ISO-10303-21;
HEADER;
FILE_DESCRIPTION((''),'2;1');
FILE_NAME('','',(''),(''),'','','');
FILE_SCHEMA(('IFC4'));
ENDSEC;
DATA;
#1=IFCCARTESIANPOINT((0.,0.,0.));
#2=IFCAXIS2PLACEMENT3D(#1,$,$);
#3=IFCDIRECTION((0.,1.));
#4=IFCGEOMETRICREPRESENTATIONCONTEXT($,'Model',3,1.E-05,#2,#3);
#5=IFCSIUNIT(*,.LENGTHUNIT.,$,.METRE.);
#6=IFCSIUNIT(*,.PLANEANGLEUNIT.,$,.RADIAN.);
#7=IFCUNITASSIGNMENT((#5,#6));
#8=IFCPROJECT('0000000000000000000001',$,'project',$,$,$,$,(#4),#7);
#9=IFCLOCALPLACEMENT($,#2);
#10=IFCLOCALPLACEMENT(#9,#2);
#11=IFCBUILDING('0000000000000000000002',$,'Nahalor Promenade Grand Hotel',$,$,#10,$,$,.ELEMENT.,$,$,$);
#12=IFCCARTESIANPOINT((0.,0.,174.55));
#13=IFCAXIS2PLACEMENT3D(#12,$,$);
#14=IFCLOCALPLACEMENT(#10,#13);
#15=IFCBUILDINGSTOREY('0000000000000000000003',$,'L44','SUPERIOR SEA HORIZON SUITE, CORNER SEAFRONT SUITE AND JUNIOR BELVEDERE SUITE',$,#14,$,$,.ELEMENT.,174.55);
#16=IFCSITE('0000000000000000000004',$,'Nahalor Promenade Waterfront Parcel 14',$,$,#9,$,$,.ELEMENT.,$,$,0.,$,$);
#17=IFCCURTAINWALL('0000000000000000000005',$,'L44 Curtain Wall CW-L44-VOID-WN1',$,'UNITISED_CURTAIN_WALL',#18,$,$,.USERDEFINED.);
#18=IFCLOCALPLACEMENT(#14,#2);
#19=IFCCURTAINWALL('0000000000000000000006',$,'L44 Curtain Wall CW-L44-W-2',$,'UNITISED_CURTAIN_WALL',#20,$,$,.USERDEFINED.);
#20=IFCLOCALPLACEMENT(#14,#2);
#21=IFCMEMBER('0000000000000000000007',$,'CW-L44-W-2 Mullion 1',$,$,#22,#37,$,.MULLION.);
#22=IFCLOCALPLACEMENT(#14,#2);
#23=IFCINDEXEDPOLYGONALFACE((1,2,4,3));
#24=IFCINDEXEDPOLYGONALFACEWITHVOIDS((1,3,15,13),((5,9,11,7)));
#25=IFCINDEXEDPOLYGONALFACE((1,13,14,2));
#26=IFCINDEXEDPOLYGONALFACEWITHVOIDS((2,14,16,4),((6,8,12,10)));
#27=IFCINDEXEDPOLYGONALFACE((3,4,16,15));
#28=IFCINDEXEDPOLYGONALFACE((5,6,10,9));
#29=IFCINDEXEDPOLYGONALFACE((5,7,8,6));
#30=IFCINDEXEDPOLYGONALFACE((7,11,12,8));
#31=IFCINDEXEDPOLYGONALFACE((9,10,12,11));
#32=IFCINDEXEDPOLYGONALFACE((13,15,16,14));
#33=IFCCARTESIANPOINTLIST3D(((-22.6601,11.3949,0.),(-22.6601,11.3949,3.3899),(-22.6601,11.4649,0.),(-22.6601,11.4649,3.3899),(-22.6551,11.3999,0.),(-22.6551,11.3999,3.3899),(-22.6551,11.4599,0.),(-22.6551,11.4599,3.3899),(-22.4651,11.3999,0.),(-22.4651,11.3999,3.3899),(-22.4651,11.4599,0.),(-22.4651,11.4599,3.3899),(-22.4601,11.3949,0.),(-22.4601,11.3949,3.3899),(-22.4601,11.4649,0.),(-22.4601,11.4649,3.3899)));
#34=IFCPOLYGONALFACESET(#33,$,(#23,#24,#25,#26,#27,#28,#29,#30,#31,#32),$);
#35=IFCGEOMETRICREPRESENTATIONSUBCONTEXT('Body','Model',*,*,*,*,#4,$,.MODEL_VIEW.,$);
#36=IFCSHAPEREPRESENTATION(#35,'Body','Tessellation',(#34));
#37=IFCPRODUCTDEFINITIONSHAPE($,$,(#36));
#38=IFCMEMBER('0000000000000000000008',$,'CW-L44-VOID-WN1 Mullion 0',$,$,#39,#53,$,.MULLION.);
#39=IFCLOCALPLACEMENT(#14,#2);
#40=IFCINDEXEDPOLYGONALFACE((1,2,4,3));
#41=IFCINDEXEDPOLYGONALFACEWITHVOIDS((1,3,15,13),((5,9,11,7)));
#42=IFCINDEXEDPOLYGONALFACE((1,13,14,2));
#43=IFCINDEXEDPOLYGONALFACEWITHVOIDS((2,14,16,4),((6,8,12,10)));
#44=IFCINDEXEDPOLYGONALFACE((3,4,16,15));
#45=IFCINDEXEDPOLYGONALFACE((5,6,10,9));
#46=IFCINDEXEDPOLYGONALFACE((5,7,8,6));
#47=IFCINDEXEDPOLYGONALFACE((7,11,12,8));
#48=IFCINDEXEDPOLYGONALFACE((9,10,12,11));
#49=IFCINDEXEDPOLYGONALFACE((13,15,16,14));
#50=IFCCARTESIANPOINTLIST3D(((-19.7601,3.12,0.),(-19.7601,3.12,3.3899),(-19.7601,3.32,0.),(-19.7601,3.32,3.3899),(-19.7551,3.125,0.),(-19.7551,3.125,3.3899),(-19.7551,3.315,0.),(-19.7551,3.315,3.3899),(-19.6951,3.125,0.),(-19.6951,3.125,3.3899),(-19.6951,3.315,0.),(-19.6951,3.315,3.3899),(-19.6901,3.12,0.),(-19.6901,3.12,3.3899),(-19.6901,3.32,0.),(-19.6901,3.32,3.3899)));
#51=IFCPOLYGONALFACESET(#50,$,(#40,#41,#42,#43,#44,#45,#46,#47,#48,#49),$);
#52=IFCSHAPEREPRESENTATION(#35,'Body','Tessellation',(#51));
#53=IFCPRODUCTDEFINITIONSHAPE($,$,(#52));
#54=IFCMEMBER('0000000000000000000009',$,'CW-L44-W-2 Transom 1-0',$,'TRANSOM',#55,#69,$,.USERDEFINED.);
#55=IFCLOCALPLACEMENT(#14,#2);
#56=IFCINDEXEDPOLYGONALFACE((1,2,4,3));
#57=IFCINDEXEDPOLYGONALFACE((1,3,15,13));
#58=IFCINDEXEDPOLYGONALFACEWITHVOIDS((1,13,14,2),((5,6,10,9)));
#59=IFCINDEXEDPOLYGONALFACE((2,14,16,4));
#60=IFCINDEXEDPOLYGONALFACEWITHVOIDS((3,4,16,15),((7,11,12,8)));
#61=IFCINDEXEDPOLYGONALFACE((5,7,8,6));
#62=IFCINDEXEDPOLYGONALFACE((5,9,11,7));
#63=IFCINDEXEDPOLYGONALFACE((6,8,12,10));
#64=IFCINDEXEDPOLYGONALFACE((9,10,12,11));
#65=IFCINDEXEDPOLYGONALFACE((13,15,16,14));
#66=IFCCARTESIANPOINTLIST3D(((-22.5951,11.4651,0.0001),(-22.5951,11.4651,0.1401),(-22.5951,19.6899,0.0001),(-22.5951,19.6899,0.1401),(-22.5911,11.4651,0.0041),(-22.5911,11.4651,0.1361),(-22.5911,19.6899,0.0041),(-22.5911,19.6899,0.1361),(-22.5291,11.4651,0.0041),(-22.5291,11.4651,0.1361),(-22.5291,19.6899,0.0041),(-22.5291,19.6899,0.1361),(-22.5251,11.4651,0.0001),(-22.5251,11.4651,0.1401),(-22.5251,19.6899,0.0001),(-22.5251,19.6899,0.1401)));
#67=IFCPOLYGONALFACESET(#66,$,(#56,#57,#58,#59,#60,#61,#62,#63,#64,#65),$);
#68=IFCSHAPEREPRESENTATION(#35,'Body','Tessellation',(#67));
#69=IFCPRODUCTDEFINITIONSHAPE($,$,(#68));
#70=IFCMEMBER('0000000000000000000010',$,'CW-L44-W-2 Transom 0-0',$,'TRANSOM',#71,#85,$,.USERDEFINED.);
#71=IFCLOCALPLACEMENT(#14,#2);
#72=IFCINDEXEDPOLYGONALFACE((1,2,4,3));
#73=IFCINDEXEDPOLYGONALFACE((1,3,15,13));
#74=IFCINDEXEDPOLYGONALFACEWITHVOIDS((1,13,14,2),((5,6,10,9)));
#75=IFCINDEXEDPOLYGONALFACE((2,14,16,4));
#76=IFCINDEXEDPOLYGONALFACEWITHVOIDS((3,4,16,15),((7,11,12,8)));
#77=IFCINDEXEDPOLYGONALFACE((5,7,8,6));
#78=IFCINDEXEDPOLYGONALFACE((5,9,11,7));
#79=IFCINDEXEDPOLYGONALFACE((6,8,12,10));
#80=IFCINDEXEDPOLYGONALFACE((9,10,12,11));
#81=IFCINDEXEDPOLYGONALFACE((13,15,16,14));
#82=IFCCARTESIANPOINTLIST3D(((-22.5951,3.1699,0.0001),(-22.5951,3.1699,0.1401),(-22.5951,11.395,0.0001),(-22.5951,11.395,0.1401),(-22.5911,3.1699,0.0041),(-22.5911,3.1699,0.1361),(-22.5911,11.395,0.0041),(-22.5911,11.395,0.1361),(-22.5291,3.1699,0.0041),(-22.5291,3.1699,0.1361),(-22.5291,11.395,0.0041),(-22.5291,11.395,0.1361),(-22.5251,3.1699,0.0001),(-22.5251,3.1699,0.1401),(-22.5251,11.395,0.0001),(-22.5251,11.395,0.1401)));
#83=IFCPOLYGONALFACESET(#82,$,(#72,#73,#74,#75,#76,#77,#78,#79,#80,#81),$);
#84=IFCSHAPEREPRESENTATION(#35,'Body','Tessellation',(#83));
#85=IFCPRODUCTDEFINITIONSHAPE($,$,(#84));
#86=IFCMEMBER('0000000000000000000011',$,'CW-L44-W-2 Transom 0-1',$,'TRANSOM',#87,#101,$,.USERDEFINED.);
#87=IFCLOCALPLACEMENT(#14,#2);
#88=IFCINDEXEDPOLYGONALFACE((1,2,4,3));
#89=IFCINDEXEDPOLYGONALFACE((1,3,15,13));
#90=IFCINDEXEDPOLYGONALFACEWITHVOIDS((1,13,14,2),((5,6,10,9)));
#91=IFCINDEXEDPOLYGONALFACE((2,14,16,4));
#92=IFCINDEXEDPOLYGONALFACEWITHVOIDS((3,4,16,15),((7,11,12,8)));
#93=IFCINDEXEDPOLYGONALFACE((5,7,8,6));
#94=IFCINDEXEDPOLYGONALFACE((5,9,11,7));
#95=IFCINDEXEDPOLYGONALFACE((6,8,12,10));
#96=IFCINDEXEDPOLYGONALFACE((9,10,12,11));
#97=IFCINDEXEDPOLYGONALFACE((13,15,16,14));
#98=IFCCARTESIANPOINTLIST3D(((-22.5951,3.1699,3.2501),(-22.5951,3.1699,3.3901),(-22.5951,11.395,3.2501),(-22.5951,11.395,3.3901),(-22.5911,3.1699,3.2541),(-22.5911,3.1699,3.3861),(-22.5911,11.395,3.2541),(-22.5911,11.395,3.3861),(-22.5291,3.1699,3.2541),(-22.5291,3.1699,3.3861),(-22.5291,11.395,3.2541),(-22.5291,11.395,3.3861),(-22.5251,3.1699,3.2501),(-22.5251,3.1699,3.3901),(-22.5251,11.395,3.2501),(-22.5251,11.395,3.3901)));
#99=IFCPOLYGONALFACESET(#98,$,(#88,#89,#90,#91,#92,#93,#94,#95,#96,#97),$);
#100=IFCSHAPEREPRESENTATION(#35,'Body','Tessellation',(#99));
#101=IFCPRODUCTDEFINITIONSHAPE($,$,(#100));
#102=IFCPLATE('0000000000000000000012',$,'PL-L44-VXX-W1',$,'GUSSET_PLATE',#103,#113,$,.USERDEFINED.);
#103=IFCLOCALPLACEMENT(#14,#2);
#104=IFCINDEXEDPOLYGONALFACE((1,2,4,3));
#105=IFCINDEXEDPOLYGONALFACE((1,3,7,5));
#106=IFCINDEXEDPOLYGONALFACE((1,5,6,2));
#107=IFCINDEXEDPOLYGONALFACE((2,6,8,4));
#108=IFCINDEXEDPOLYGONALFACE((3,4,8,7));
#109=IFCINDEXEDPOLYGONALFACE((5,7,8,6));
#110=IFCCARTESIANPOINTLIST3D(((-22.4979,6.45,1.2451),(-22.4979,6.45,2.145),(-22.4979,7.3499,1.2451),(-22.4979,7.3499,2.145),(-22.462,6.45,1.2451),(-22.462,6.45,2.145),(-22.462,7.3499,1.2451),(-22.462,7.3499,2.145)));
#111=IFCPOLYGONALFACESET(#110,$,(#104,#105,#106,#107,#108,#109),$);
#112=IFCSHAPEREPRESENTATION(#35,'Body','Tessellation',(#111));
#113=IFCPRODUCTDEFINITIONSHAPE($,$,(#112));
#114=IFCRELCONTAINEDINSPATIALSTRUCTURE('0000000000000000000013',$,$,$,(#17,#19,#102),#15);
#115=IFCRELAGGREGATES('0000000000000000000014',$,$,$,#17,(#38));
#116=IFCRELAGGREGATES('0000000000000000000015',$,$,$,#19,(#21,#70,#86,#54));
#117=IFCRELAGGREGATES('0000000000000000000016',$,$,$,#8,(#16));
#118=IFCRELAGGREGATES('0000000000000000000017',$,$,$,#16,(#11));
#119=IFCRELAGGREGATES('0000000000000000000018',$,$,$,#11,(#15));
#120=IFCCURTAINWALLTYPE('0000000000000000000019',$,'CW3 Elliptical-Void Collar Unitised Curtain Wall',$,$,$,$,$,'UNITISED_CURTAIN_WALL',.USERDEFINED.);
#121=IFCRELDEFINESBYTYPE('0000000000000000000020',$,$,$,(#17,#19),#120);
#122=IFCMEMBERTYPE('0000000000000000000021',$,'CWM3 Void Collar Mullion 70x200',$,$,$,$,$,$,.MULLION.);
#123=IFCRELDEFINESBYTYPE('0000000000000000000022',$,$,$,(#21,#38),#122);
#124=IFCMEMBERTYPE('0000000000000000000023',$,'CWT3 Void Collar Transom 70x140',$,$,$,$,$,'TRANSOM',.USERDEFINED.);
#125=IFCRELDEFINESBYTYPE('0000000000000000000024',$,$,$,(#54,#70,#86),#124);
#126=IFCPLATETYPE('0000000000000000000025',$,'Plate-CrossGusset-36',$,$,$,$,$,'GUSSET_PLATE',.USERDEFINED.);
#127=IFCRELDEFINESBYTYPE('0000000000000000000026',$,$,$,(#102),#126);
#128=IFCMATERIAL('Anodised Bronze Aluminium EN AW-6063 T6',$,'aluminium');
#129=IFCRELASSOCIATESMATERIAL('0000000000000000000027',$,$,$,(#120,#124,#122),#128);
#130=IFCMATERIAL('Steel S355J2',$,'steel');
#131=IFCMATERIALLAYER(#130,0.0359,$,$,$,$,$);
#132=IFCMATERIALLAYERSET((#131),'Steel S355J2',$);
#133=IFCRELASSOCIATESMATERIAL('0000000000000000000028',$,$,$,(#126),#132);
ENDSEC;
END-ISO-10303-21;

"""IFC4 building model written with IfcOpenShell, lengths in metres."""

from ifc_helpers import new_model, si_unit, direction, frame, origin, origin_2d, place, context, subcontext, project, spatial, rectangle, hollow_rectangle, extrude, source, transform, mapped, material, layer, layer_set, material_profile, profile_set, type_object, element, aggregate, save


model = new_model("IFC4")

# Units and contexts
model_context = context("Model", 3, precision=1e-05, world=origin(), true_north=direction((0.0, 1.0)))
body_context = subcontext(model_context, "Body", "Model", "MODEL_VIEW")
ifc_project = project(units=[si_unit("LENGTHUNIT", "METRE"), si_unit("PLANEANGLEUNIT", "RADIAN")], contexts=[model_context])

# Site, building, storey
site_placement = place(None, origin())
site = spatial("IfcSite", under=ifc_project, at=site_placement, Name="Nahalor Promenade Waterfront Parcel 14", CompositionType="ELEMENT", RefElevation=0.0)
building_placement = place(site_placement, origin())
building = spatial("IfcBuilding", under=site, at=building_placement, Name="Nahalor Promenade Grand Hotel", CompositionType="ELEMENT")
storey_placement = place(building_placement, frame((0.0, 0.0, 174.55)))
storey = spatial("IfcBuildingStorey", under=building, at=storey_placement, Name="L44", Description="SUPERIOR SEA HORIZON SUITE, CORNER SEAFRONT SUITE AND JUNIOR BELVEDERE SUITE", CompositionType="ELEMENT", Elevation=174.55)

# Shared definitions
ifc_material_1 = material(Name="Steel S355J2", Category="steel")

# Curtain wall
ifc_material_2 = material(Name="Anodised Bronze Aluminium EN AW-6063 T6", Category="aluminium")
curtain_wall_type = type_object("IfcCurtainWallType", Name="CW3 Elliptical-Void Collar Unitised Curtain Wall", ElementType="UNITISED_CURTAIN_WALL", PredefinedType="USERDEFINED", material=ifc_material_2)
curtain_wall_1_placement = place(storey_placement, origin())
curtain_wall_1 = element("IfcCurtainWall", 1, at=curtain_wall_1_placement, inside=storey, type_object=curtain_wall_type, Name="L44 Curtain Wall CW-L44-VOID-WN1", ObjectType="UNITISED_CURTAIN_WALL", PredefinedType="USERDEFINED")
ifc_material_profile_1 = material_profile(ifc_material_2, hollow_rectangle(XDim=0.07, YDim=0.14, WallThickness=0.004, at=origin_2d()), Name="CWT 70x140x4")
ifc_profile_set_1 = profile_set([ifc_material_profile_1], Name="Anodised Bronze Aluminium EN AW-6063 T6")
member_type_1 = type_object("IfcMemberType", Name="CWT3 Void Collar Transom 70x140", ElementType="TRANSOM", PredefinedType="USERDEFINED", material=ifc_profile_set_1)

# Shared definitions
ifc_material_profile_2 = material_profile(ifc_material_2, hollow_rectangle(XDim=0.07, YDim=0.2, WallThickness=0.005, at=origin_2d()), Name="CWM 70x200x5")
ifc_profile_set_2 = profile_set([ifc_material_profile_2], Name="Anodised Bronze Aluminium EN AW-6063 T6")
member_type_2 = type_object("IfcMemberType", Name="CWM3 Void Collar Mullion 70x200", PredefinedType="MULLION", material=ifc_profile_set_2)
shared_shape_1 = source(origin(), body_context, "Body", "SweptSolid", [
    extrude(hollow_rectangle(XDim=0.07, YDim=0.2, WallThickness=0.005, at=origin_2d()), origin(), (0.0, 0.0, 1.0), 3.3899),
])

# Curtain wall, member
curtain_wall_2_placement = place(storey_placement, origin())
curtain_wall_2 = element("IfcCurtainWall", 2, at=curtain_wall_2_placement, inside=storey, type_object=curtain_wall_type, Name="L44 Curtain Wall CW-L44-W-2", ObjectType="UNITISED_CURTAIN_WALL", PredefinedType="USERDEFINED")
member_1_placement = place(storey_placement, frame((-22.5601, 11.4299, 0.0), z_axis=(0.0, 0.0, 1.0), x_axis=(0.0, 1.0, 0.0)))
member_1 = element("IfcMember", 3, at=member_1_placement, type_object=member_type_2, Name="CW-L44-W-2 Mullion 1", PredefinedType="MULLION", context=body_context, shape_type="MappedRepresentation", body=[
    mapped(shared_shape_1, transform((0.0, 0.0, 0.0), scale=1.0)),
])

# Members
member_2_placement = place(storey_placement, frame((-19.7251, 3.22, 0.0), z_axis=(0.0, 0.0, 1.0), x_axis=(1.0, 0.0, 0.0)))
member_2 = element("IfcMember", 4, at=member_2_placement, type_object=member_type_2, Name="CW-L44-VOID-WN1 Mullion 0", PredefinedType="MULLION", context=body_context, shape_type="MappedRepresentation", body=[
    mapped(shared_shape_1, transform((0.0, 0.0, 0.0), scale=1.0)),
])
aggregate(curtain_wall_1, [member_2])
shared_shape_2 = source(origin(), body_context, "Body", "SweptSolid", [
    extrude(hollow_rectangle(XDim=0.07, YDim=0.14, WallThickness=0.004, at=origin_2d()), origin(), (0.0, 0.0, 1.0), 8.2249),
])
member_3_placement = place(storey_placement, frame((-22.5601, 11.4651, 0.0701), z_axis=(0.0, 1.0, 0.0), x_axis=(-1.0, 0.0, 0.0)))
member_3 = element("IfcMember", 5, at=member_3_placement, type_object=member_type_1, Name="CW-L44-W-2 Transom 1-0", ObjectType="TRANSOM", PredefinedType="USERDEFINED", context=body_context, shape_type="MappedRepresentation", body=[
    mapped(shared_shape_2, transform((0.0, 0.0, 0.0), scale=1.0)),
])
shared_shape_3 = source(origin(), body_context, "Body", "SweptSolid", [
    extrude(hollow_rectangle(XDim=0.07, YDim=0.14, WallThickness=0.004, at=origin_2d()), origin(), (0.0, 0.0, 1.0), 8.2251),
])
member_4_placement = place(storey_placement, frame((-22.5601, 3.1699, 0.0701), z_axis=(0.0, 1.0, 0.0), x_axis=(-1.0, 0.0, 0.0)))
member_4 = element("IfcMember", 6, at=member_4_placement, type_object=member_type_1, Name="CW-L44-W-2 Transom 0-0", ObjectType="TRANSOM", PredefinedType="USERDEFINED", context=body_context, shape_type="MappedRepresentation", body=[
    mapped(shared_shape_3, transform((0.0, 0.0, 0.0), scale=1.0)),
])
member_5_placement = place(storey_placement, frame((-22.5601, 3.1699, 3.3201), z_axis=(0.0, 1.0, 0.0), x_axis=(-1.0, 0.0, 0.0)))
member_5 = element("IfcMember", 7, at=member_5_placement, type_object=member_type_1, Name="CW-L44-W-2 Transom 0-1", ObjectType="TRANSOM", PredefinedType="USERDEFINED", context=body_context, shape_type="MappedRepresentation", body=[
    mapped(shared_shape_3, transform((0.0, 0.0, 0.0), scale=1.0)),
])

# Plate
aggregate(curtain_wall_2, [member_1, member_4, member_5, member_3])
ifc_layer_1 = layer(ifc_material_1, 0.0359)
ifc_layer_set_1 = layer_set([ifc_layer_1], Name="Steel S355J2")
plate_type_1 = type_object("IfcPlateType", Name="Plate-CrossGusset-36", ElementType="GUSSET_PLATE", PredefinedType="USERDEFINED", material=ifc_layer_set_1)
shared_shape_4 = source(origin(), body_context, "Body", "SweptSolid", [
    extrude(rectangle(XDim=0.8999, YDim=0.0359, at=origin_2d()), origin(), (0.0, 0.0, 1.0), 0.8999),
])
plate_1_placement = place(storey_placement, frame((-22.48, 6.8999, 1.2451), z_axis=(0.0, 0.0, 1.0), x_axis=(0.0, 1.0, 0.0)))
element("IfcPlate", 8, at=plate_1_placement, inside=storey, type_object=plate_type_1, Name="PL-L44-VXX-W1", ObjectType="GUSSET_PLATE", PredefinedType="USERDEFINED", context=body_context, shape_type="MappedRepresentation", body=[
    mapped(shared_shape_4, transform((0.0, 0.0, 0.0), scale=1.0)),
])

save(model, "model.ifc")
